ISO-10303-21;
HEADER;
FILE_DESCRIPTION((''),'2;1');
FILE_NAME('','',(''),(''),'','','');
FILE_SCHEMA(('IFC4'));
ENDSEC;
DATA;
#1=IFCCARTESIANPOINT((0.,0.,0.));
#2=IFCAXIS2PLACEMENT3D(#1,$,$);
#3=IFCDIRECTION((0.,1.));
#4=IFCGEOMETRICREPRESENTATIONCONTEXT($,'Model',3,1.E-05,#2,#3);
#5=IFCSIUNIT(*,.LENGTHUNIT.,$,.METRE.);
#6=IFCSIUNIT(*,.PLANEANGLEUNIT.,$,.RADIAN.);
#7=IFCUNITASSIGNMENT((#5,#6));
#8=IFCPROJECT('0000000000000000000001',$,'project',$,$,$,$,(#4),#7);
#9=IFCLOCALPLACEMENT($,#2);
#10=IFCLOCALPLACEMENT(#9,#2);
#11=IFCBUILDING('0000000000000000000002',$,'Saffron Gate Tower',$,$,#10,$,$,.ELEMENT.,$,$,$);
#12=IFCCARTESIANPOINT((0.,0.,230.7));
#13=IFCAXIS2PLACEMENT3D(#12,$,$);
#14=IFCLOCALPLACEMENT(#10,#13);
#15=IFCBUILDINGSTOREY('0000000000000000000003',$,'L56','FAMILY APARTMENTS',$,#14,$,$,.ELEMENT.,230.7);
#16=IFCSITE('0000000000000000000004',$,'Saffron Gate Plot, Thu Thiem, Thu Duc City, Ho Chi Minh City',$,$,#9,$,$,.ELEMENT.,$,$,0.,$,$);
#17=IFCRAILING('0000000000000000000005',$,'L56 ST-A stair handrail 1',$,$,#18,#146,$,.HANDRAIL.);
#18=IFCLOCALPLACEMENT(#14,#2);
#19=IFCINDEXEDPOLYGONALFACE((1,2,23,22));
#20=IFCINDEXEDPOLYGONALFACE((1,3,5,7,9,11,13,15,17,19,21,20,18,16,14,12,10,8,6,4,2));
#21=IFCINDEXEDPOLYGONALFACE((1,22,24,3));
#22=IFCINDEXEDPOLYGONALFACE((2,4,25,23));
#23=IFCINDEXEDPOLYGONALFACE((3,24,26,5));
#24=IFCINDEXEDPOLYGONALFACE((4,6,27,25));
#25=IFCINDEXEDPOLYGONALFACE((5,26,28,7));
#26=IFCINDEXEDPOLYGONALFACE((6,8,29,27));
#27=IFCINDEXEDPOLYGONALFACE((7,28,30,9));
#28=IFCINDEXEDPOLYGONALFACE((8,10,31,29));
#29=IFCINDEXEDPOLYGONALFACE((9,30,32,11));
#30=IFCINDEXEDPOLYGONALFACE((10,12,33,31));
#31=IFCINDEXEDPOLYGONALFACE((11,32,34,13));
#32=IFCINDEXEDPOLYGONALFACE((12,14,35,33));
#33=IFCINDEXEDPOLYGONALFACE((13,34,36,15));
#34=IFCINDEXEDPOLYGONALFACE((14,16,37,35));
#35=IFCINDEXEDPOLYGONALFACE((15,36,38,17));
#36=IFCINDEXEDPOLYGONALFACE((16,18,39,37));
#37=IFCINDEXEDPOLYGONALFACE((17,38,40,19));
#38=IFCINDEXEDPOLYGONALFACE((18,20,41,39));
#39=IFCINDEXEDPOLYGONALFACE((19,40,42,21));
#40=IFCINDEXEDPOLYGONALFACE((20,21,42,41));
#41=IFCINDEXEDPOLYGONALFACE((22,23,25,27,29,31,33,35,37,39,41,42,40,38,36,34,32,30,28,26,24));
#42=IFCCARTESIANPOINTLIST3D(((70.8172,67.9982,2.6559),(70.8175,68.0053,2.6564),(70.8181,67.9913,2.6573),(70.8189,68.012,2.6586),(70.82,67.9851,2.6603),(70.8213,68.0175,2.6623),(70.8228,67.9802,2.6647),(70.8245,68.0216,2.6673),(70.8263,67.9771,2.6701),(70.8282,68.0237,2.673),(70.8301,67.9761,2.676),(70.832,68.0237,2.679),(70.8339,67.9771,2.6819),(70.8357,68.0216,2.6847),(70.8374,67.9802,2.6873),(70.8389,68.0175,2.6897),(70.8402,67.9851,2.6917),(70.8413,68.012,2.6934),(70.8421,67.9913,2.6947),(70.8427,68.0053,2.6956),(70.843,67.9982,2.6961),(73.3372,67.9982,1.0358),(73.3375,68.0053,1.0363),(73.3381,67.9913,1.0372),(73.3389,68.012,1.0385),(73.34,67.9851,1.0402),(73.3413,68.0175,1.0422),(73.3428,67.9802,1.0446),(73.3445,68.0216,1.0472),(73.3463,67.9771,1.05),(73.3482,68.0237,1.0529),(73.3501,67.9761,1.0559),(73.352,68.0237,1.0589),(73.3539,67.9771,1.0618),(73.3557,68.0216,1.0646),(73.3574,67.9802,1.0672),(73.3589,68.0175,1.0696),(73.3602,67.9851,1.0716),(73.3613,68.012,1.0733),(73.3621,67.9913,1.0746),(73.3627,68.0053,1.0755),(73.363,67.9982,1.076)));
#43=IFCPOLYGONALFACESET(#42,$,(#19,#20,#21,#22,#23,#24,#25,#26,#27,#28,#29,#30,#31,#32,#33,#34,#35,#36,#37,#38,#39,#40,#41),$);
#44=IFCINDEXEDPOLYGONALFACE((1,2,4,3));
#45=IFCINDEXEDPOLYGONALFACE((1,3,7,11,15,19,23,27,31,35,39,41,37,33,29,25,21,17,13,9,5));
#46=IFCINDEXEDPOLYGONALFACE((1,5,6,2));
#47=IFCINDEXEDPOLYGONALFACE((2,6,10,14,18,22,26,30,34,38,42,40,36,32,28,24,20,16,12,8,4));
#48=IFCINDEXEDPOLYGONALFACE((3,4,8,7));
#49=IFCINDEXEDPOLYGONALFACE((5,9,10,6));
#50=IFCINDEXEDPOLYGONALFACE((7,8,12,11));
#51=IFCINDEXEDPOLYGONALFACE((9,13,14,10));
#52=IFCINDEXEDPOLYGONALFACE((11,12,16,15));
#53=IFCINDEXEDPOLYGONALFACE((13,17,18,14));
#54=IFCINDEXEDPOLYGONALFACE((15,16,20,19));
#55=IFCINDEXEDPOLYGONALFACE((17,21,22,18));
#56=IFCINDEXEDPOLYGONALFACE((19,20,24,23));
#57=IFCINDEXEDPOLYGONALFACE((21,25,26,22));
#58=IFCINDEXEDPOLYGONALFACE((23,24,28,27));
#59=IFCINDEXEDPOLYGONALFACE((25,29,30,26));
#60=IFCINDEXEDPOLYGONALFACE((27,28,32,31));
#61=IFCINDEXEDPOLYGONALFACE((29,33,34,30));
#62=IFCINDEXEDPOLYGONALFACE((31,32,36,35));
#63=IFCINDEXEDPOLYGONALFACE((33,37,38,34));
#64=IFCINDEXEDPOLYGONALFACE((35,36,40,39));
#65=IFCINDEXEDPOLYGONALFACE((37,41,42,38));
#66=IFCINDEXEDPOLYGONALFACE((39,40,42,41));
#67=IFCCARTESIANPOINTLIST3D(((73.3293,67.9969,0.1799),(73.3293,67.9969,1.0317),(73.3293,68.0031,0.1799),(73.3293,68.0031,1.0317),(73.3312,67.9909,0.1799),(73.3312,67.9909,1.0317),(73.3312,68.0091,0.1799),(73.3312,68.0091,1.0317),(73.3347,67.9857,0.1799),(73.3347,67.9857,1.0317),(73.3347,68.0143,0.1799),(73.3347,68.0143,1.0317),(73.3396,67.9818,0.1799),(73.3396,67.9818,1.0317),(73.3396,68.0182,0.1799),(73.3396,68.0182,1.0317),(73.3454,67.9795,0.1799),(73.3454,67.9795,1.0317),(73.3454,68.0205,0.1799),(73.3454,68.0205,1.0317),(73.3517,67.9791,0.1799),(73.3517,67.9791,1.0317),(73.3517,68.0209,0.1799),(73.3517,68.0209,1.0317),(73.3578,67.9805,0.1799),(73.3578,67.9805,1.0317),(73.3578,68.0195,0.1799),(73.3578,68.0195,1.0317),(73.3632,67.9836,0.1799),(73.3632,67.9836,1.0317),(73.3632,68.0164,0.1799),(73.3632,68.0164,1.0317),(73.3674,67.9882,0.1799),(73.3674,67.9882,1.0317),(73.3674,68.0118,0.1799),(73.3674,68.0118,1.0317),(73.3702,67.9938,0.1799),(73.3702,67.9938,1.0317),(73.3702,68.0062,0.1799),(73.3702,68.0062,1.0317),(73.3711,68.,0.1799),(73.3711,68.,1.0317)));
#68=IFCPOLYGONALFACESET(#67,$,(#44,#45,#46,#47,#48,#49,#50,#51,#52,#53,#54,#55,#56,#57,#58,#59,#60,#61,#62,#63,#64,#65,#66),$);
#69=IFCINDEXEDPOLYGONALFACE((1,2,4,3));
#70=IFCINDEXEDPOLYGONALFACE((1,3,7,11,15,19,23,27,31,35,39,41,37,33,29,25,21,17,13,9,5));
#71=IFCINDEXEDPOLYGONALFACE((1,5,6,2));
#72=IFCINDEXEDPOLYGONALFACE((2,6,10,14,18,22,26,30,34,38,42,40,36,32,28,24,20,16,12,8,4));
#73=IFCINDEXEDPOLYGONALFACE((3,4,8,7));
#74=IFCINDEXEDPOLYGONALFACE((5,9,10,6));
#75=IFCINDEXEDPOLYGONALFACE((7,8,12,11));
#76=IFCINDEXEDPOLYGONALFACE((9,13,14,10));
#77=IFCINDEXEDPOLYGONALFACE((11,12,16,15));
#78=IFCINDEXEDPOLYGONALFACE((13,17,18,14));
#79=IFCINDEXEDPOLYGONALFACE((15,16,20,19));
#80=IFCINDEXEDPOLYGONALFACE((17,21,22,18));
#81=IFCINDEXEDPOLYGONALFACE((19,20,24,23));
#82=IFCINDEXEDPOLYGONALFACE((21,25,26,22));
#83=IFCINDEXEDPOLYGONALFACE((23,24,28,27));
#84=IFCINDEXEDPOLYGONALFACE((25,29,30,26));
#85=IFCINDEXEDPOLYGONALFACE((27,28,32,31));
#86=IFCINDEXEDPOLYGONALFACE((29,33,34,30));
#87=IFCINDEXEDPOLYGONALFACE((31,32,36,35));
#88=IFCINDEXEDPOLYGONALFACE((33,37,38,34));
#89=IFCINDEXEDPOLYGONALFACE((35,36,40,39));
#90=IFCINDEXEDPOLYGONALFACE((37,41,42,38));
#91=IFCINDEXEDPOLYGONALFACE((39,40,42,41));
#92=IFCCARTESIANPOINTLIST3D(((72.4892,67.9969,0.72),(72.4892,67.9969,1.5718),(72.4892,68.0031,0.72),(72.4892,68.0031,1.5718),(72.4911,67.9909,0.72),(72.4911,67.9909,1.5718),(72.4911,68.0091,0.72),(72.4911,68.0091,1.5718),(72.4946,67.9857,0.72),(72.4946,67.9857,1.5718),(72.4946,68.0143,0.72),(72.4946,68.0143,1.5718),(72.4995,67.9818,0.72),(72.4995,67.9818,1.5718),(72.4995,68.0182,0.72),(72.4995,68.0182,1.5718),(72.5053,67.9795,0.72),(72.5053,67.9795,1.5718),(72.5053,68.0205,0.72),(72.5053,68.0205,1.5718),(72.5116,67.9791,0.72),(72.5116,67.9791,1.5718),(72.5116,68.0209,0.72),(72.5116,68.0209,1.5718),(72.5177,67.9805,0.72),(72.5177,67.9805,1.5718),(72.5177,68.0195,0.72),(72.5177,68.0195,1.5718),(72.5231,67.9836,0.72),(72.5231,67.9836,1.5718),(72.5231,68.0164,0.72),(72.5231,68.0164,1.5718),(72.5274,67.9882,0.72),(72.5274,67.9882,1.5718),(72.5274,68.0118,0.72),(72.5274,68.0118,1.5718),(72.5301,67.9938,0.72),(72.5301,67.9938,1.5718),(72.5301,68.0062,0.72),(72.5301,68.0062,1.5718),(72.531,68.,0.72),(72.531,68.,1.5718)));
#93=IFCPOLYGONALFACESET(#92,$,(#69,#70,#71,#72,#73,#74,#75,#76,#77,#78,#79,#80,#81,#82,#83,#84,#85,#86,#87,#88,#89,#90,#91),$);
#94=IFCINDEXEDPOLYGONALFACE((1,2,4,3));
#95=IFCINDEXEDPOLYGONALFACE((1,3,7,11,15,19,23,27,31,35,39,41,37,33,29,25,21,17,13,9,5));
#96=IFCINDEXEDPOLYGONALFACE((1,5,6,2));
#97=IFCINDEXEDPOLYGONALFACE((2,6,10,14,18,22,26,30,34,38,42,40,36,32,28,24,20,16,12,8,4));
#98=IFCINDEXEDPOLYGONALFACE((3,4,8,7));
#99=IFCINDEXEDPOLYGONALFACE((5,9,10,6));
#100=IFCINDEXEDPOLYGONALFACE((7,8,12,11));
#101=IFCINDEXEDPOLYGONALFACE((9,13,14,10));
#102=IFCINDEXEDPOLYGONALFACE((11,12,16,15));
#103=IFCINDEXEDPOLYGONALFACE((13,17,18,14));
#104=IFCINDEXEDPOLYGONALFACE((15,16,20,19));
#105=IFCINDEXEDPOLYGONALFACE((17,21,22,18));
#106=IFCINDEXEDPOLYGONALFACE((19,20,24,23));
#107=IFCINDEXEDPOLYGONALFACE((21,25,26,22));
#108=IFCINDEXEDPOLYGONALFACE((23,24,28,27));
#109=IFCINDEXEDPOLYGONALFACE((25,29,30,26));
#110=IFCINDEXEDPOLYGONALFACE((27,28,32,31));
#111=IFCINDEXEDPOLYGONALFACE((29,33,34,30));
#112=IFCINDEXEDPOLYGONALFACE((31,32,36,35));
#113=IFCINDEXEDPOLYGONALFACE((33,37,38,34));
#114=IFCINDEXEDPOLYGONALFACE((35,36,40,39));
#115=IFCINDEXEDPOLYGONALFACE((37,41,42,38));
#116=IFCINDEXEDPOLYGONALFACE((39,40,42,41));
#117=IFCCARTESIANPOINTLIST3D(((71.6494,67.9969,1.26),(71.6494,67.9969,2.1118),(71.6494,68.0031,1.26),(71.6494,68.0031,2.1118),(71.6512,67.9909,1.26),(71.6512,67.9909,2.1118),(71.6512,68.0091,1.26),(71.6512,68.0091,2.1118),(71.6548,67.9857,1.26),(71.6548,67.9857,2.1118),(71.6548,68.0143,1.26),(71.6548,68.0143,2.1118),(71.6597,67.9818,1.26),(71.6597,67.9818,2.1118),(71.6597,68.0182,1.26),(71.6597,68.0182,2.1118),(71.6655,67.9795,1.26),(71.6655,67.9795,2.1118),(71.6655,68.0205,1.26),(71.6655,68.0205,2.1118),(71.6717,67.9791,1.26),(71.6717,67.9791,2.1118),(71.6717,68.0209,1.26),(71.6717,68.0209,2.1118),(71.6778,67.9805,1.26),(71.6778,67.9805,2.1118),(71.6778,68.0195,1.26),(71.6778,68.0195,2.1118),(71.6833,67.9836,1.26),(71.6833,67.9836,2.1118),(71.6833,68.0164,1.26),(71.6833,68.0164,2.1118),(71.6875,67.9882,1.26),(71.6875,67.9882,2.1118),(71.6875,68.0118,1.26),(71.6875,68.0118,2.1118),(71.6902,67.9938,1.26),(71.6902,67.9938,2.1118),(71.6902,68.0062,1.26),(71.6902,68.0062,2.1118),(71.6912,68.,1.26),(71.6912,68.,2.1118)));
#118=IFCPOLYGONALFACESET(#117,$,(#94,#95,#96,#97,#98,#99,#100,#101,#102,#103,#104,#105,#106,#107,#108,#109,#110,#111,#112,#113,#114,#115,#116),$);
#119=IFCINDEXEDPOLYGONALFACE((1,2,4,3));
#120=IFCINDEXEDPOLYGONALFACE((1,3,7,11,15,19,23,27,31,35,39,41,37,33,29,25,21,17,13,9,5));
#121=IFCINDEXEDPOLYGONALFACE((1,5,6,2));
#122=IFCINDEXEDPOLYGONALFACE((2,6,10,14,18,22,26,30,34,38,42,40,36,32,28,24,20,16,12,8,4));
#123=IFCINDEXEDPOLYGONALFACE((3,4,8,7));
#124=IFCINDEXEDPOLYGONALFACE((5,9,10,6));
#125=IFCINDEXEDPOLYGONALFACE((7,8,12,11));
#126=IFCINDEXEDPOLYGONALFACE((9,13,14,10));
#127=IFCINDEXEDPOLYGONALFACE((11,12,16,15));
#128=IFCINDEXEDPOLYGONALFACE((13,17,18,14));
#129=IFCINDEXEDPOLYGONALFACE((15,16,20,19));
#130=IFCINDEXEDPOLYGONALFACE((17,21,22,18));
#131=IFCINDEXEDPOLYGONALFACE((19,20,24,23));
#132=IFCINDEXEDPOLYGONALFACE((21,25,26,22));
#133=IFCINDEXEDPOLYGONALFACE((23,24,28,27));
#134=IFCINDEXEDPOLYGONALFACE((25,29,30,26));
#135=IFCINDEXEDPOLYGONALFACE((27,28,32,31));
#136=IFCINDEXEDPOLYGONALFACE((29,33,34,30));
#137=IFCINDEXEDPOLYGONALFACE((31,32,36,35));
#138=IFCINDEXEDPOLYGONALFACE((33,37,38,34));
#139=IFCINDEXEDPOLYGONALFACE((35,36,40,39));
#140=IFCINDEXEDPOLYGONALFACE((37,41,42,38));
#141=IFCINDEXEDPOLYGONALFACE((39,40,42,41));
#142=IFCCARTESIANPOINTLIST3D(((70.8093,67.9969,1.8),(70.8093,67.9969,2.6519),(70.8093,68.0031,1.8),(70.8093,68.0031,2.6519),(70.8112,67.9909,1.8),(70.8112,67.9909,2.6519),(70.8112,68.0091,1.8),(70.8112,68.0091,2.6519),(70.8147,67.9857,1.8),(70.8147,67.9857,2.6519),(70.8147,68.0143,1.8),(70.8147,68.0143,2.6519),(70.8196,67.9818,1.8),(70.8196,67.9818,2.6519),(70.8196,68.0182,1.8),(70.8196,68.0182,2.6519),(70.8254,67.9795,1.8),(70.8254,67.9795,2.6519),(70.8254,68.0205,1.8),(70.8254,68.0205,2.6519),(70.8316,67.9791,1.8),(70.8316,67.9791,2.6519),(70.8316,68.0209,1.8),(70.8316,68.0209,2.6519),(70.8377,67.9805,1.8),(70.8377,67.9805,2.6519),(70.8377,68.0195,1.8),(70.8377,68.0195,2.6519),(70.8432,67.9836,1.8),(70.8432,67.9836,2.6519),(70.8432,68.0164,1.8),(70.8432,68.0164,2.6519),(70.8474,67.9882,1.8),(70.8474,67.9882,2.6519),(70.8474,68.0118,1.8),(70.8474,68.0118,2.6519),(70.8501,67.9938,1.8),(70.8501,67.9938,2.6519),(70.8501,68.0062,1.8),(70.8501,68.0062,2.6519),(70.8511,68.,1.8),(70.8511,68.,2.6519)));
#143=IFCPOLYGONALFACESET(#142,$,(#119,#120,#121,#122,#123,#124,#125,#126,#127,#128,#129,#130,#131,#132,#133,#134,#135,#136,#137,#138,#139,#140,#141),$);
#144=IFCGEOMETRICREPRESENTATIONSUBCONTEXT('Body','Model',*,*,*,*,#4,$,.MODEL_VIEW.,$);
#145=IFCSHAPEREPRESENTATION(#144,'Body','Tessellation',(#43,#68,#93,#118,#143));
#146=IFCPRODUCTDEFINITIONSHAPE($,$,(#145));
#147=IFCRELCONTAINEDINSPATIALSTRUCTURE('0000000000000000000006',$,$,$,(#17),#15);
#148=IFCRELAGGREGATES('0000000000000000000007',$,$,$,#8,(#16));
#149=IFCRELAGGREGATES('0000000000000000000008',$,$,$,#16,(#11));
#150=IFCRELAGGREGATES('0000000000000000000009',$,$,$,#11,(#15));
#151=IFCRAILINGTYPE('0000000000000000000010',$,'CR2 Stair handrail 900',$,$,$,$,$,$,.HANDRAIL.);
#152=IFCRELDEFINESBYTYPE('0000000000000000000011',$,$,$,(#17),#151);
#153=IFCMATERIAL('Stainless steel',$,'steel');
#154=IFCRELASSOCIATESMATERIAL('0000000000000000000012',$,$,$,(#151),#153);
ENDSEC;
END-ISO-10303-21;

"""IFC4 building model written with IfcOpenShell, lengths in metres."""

from ifc_helpers import new_model, si_unit, direction, frame, origin, origin_2d, place, context, subcontext, project, spatial, circle, extrude, material, type_object, element, save


model = new_model("IFC4")

# Units and contexts
model_context = context("Model", 3, precision=1e-05, world=origin(), true_north=direction((0.0, 1.0)))
body_context = subcontext(model_context, "Body", "Model", "MODEL_VIEW")
ifc_project = project(units=[si_unit("LENGTHUNIT", "METRE"), si_unit("PLANEANGLEUNIT", "RADIAN")], contexts=[model_context])

# Site, building, storey
site_placement = place(None, origin())
site = spatial("IfcSite", under=ifc_project, at=site_placement, Name="Saffron Gate Plot, Thu Thiem, Thu Duc City, Ho Chi Minh City", CompositionType="ELEMENT", RefElevation=0.0)
building_placement = place(site_placement, origin())
building = spatial("IfcBuilding", under=site, at=building_placement, Name="Saffron Gate Tower", CompositionType="ELEMENT")
storey_placement = place(building_placement, frame((0.0, 0.0, 230.7)))
storey = spatial("IfcBuildingStorey", under=building, at=storey_placement, Name="L56", Description="FAMILY APARTMENTS", CompositionType="ELEMENT", Elevation=230.7)

# Railing
ifc_material_1 = material(Name="Stainless steel", Category="steel")
railing_type_1 = type_object("IfcRailingType", Name="CR2 Stair handrail 900", PredefinedType="HANDRAIL", material=ifc_material_1)
railing_1_placement = place(storey_placement, frame((73.3501, 68.0, 0.1799)))
element("IfcRailing", 1, at=railing_1_placement, inside=storey, type_object=railing_type_1, Name="L56 ST-A stair handrail 1", PredefinedType="HANDRAIL", context=body_context, shape_type="SweptSolid", body=[
    extrude(circle(Radius=0.0239, at=origin_2d()), frame((0.0, 0.0, 0.876), z_axis=(-0.841163, 0.0, 0.540782), x_axis=(0.0, -1.0, 0.0)), (0.0, 0.0, 1.0), 2.9958),
    extrude(circle(Radius=0.021, at=origin_2d()), origin(), (0.0, 0.0, 1.0), 0.8518),
    extrude(circle(Radius=0.021, at=origin_2d()), frame((-0.8401, 0.0, 0.54)), (0.0, 0.0, 1.0), 0.8518),
    extrude(circle(Radius=0.021, at=origin_2d()), frame((-1.6799, 0.0, 1.0801)), (0.0, 0.0, 1.0), 0.8518),
    extrude(circle(Radius=0.021, at=origin_2d()), frame((-2.52, 0.0, 1.6201)), (0.0, 0.0, 1.0), 0.8518),
])

save(model, "model.ifc")
